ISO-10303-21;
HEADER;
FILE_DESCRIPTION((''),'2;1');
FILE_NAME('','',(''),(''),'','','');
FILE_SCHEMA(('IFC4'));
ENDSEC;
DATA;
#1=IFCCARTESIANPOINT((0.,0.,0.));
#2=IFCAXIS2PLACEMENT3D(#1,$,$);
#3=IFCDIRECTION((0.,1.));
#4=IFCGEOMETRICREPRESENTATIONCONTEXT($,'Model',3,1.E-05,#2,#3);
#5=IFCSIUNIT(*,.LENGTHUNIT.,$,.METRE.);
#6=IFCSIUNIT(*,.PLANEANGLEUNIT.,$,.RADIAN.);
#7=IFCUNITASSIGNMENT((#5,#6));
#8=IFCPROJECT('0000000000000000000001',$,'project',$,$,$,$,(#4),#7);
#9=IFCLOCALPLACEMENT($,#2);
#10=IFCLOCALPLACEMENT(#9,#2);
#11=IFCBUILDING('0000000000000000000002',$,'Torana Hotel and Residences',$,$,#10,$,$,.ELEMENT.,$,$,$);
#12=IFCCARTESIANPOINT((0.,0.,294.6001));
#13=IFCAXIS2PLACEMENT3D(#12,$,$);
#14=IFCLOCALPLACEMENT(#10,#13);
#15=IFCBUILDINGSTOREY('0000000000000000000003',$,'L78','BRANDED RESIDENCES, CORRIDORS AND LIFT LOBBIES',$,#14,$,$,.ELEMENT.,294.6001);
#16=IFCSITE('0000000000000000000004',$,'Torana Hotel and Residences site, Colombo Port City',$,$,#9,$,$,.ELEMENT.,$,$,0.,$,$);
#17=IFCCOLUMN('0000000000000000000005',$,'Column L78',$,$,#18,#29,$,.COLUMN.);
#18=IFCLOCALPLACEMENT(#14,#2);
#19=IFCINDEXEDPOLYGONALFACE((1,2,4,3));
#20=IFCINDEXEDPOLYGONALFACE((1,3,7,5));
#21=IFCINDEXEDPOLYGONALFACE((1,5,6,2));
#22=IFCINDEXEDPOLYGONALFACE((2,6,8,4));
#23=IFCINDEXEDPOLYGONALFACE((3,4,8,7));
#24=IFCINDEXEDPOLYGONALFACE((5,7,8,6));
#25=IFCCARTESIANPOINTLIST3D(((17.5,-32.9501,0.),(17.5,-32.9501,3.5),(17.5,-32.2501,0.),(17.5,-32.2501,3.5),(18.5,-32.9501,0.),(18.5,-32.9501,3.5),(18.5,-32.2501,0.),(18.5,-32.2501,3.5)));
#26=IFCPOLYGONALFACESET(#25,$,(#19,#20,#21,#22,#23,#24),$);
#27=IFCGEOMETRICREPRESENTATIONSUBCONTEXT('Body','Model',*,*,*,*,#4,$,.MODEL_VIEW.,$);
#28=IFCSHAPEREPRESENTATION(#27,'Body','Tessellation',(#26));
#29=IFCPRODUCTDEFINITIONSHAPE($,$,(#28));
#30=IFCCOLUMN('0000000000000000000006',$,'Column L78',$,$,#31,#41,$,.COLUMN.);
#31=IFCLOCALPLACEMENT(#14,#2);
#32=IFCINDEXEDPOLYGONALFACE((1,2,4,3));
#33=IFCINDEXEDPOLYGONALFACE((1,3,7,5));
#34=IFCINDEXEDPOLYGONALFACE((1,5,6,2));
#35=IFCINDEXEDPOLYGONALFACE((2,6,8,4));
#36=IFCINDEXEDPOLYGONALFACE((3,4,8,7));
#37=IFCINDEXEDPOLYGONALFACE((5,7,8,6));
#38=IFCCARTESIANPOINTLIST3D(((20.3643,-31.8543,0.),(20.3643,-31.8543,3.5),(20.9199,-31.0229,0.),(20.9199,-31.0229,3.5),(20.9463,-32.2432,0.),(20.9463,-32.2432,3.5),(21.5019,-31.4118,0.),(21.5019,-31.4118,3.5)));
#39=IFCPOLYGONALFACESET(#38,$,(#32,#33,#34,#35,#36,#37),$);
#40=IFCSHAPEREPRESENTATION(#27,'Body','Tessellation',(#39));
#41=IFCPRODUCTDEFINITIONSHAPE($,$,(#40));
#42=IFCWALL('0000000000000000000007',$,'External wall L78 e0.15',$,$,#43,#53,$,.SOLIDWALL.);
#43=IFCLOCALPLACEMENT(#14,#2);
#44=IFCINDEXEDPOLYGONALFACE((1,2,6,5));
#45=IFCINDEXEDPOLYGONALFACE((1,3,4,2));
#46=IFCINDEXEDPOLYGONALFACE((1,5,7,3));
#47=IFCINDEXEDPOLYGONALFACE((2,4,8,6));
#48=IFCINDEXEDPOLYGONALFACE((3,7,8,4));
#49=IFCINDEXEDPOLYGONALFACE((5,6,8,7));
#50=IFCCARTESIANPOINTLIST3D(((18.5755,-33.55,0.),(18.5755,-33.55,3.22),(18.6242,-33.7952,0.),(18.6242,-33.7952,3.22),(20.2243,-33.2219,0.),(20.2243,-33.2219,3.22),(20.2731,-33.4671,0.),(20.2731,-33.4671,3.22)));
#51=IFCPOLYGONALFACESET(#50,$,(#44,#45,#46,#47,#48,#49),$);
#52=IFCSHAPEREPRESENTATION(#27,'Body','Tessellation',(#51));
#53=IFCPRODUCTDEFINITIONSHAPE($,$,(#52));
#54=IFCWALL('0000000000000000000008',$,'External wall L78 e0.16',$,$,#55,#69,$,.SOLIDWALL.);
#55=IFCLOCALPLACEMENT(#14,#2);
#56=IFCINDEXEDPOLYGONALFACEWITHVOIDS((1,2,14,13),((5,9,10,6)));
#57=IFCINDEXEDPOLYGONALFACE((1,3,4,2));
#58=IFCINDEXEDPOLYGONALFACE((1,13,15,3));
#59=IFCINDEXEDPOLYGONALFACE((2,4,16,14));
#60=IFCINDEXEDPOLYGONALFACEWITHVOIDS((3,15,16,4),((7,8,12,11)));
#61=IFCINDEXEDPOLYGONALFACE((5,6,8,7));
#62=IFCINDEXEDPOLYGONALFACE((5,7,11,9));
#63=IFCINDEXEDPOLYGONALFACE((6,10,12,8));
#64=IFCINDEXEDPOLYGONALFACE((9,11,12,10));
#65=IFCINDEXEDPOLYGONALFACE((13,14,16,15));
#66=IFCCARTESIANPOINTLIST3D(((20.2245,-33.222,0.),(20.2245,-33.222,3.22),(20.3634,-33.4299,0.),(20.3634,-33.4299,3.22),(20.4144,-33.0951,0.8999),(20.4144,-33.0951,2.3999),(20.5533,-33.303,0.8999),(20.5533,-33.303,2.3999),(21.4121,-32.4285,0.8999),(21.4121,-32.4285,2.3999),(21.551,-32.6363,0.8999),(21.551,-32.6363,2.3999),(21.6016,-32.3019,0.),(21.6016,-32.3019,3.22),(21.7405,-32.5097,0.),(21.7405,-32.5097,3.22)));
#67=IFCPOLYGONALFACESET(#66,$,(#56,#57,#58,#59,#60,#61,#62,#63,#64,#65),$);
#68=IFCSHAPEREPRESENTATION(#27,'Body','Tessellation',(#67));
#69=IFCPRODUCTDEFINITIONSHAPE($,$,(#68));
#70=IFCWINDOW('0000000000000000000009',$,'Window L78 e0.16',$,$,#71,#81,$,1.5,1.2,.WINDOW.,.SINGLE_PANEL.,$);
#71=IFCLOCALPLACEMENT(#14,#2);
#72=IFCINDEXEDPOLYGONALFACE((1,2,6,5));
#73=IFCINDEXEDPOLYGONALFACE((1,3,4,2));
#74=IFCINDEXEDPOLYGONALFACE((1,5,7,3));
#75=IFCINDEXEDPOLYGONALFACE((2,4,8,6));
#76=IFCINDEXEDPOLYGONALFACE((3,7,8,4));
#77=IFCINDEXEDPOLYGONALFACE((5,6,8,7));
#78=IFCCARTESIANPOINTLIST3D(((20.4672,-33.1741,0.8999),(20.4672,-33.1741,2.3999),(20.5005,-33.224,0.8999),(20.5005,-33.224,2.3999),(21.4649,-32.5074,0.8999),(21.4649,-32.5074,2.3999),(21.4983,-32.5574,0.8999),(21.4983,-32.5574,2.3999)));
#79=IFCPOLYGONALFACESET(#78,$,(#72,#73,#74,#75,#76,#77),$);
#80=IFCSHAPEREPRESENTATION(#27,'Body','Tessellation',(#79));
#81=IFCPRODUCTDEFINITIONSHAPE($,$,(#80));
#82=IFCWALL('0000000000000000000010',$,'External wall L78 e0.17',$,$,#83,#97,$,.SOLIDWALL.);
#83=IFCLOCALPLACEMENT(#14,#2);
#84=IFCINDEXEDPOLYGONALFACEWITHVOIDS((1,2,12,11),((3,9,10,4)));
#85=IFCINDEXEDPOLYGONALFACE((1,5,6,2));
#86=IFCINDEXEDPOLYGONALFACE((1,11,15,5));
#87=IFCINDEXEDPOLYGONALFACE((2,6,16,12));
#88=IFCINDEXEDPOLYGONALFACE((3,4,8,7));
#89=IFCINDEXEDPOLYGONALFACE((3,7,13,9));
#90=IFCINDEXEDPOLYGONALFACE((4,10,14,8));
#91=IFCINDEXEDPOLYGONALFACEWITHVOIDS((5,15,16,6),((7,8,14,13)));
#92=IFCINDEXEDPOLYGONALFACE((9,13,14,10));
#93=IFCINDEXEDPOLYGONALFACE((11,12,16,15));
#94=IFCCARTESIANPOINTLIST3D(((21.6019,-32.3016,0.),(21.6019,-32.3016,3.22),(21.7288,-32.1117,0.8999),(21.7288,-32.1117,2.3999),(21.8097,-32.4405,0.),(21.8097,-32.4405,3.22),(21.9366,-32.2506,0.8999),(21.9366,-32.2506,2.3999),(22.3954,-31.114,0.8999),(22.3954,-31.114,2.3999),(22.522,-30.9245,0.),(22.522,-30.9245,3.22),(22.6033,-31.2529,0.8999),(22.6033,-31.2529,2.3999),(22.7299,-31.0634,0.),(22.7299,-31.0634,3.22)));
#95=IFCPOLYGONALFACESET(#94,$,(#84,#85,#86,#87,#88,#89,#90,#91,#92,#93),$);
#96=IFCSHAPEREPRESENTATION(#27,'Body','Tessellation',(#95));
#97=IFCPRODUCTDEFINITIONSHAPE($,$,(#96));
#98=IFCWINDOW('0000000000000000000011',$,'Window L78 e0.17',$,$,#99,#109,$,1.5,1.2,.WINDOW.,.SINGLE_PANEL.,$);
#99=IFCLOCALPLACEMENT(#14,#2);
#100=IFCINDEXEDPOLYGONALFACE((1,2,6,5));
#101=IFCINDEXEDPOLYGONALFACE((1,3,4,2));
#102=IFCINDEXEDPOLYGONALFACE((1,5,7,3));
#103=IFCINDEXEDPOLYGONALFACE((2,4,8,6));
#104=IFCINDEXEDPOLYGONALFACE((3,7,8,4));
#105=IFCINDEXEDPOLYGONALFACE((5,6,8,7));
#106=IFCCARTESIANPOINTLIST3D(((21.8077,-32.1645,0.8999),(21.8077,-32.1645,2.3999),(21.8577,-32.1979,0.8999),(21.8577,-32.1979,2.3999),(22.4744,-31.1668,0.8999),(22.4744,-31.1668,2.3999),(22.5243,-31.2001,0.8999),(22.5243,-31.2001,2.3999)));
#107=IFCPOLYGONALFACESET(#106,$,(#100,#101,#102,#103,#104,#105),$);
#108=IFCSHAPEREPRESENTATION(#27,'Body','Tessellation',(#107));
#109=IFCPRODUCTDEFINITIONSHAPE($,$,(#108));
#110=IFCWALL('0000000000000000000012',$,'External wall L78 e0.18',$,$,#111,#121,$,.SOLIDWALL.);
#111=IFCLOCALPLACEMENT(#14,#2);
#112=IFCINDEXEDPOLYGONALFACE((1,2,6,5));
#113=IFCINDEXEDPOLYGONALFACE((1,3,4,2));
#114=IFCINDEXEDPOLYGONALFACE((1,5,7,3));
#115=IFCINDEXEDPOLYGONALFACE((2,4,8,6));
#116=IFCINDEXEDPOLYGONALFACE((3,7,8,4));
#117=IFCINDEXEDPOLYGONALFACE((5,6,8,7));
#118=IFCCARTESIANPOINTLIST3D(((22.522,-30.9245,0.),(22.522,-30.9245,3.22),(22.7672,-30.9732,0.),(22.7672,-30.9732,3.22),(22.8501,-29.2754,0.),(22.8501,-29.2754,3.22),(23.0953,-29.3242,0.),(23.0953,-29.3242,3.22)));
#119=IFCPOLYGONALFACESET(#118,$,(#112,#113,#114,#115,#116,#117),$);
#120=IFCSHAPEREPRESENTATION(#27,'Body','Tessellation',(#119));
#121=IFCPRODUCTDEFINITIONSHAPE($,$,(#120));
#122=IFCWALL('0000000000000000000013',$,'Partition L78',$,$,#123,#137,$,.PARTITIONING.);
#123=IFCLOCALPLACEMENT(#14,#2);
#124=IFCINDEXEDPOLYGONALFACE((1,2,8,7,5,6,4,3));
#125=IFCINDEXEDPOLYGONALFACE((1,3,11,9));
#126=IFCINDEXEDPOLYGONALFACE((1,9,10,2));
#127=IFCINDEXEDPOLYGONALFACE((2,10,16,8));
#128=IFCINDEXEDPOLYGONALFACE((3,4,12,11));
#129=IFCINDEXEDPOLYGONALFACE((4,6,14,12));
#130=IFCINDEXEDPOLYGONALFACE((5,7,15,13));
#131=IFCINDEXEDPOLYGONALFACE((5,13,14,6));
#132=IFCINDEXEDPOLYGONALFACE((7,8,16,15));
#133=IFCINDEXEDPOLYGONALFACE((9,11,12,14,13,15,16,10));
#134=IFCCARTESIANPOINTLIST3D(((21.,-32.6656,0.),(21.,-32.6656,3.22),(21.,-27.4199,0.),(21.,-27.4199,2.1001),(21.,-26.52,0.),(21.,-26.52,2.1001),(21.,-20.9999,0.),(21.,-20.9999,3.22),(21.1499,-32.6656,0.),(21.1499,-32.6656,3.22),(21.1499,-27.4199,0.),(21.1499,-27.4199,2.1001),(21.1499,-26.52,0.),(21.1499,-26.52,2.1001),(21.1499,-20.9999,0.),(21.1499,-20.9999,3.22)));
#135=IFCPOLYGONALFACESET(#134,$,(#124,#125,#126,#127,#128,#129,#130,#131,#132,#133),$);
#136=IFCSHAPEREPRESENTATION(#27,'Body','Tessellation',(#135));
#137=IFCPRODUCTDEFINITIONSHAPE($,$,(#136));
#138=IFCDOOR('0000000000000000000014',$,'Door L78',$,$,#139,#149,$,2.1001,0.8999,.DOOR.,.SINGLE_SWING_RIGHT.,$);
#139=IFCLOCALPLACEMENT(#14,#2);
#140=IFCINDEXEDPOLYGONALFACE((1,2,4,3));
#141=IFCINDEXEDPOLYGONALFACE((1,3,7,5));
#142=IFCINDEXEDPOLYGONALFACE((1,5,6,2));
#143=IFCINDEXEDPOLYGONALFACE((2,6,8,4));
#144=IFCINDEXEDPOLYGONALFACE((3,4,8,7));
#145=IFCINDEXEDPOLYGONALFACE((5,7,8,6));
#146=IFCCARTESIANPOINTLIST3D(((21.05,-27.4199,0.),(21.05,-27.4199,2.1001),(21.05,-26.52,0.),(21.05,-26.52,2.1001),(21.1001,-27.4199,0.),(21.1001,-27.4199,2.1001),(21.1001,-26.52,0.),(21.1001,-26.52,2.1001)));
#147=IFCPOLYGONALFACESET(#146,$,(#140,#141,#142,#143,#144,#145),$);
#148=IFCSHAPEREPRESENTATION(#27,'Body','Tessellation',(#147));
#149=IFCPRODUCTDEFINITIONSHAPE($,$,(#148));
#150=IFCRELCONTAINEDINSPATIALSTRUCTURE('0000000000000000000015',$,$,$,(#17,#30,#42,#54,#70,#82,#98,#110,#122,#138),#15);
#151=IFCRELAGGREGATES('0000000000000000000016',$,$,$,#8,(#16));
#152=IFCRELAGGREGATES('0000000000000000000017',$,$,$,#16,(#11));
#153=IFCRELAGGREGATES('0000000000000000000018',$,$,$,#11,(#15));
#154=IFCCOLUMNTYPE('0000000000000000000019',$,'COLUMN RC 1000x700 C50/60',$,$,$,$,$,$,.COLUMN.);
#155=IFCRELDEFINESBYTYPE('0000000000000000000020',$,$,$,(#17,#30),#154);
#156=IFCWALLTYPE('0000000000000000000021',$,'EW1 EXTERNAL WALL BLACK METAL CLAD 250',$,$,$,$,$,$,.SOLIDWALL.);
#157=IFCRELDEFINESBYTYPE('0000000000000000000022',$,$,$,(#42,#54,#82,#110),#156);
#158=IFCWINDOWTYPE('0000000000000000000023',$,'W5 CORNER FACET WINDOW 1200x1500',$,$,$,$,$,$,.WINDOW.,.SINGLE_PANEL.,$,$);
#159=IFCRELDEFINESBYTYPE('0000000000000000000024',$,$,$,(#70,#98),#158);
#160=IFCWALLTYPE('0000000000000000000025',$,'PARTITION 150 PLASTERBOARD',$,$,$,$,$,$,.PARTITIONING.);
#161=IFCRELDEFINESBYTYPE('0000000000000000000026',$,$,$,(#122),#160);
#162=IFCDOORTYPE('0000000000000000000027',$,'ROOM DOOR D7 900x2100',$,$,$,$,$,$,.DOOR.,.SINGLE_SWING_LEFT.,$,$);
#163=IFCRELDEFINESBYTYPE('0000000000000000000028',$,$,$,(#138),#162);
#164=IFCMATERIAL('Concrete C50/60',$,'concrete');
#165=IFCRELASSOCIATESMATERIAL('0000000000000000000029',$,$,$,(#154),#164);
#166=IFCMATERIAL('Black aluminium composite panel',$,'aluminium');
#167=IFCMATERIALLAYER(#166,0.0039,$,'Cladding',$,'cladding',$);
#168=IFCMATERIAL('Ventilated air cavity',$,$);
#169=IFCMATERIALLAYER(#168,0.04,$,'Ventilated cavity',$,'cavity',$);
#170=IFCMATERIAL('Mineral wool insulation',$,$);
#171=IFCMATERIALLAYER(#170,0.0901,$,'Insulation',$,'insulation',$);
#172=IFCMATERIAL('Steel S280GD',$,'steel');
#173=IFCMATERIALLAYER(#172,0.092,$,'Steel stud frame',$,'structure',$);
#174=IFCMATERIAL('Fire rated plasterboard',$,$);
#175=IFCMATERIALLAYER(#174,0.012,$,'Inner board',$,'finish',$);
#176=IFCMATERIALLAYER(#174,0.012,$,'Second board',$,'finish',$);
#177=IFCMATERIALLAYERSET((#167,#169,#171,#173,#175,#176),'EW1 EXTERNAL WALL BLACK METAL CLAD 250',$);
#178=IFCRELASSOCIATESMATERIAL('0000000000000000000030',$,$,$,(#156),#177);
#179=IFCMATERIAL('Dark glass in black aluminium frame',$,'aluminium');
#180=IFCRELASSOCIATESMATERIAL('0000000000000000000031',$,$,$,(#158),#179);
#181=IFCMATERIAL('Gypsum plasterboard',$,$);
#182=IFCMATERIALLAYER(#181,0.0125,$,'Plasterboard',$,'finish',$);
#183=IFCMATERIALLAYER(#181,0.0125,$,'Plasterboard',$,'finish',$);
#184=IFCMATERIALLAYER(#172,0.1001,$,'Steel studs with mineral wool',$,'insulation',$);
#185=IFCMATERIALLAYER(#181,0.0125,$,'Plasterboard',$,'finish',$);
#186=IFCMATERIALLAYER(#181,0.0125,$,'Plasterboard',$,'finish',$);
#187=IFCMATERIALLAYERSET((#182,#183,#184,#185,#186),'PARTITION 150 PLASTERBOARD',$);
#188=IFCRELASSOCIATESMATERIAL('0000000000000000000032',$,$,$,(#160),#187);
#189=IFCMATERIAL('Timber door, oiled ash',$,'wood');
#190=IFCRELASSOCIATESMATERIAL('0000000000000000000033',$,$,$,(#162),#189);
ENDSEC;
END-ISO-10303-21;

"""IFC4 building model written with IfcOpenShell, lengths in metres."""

from ifc_helpers import new_model, si_unit, direction, frame, frame_2d, origin, origin_2d, place, context, subcontext, project, spatial, rectangle, extrude, material, layer, layer_set, material_profile, profile_set, type_object, element, fill, save


model = new_model("IFC4")

# Units and contexts
model_context = context("Model", 3, precision=1e-05, world=origin(), true_north=direction((0.0, 1.0)))
body_context = subcontext(model_context, "Body", "Model", "MODEL_VIEW")
ifc_project = project(units=[si_unit("LENGTHUNIT", "METRE"), si_unit("PLANEANGLEUNIT", "RADIAN")], contexts=[model_context])

# Site, building, storey
site_placement = place(None, origin())
site = spatial("IfcSite", under=ifc_project, at=site_placement, Name="Torana Hotel and Residences site, Colombo Port City", CompositionType="ELEMENT", RefElevation=0.0)
building_placement = place(site_placement, origin())
building = spatial("IfcBuilding", under=site, at=building_placement, Name="Torana Hotel and Residences", CompositionType="ELEMENT")
storey_placement = place(building_placement, frame((0.0, 0.0, 294.6001)))
storey = spatial("IfcBuildingStorey", under=building, at=storey_placement, Name="L78", Description="BRANDED RESIDENCES, CORRIDORS AND LIFT LOBBIES", CompositionType="ELEMENT", Elevation=294.6001)

# Columns
ifc_material_1 = material(Name="Concrete C50/60", Category="concrete")
ifc_material_profile = material_profile(ifc_material_1, rectangle(XDim=1.0, YDim=0.7, at=origin_2d()), Name="RC 1000x700")
ifc_profile_set = profile_set([ifc_material_profile], Name="Concrete C50/60")
column_type = type_object("IfcColumnType", Name="COLUMN RC 1000x700 C50/60", PredefinedType="COLUMN", material=ifc_profile_set)
for number, where, z_axis, x_axis, name in (
    (1, (18.0, -32.6001, 0.0), (0.0, 0.0, 1.0), (1.0, 0.0, 0.0), "Column L78"),
    (2, (20.9331, -31.6331, 0.0), (0.0, 0.0, 1.0), (0.555585, 0.83146, 0.0), "Column L78"),
):
    element("IfcColumn", number, at=place(storey_placement, frame(where, z_axis=z_axis, x_axis=x_axis)), inside=storey, type_object=column_type, Name=name, PredefinedType="COLUMN", context=body_context, shape_type="SweptSolid", body=[
        extrude(rectangle(XDim=1.0, YDim=0.7, at=origin_2d()), origin(), (0.0, 0.0, 1.0), 3.5),
    ])

# Wall
ifc_material_2 = material(Name="Black aluminium composite panel", Category="aluminium")
ifc_layer_1 = layer(ifc_material_2, 0.0039, Name="Cladding", Category="cladding")
ifc_material_3 = material(Name="Ventilated air cavity")
ifc_layer_2 = layer(ifc_material_3, 0.04, Name="Ventilated cavity", Category="cavity")
ifc_material_4 = material(Name="Mineral wool insulation")
ifc_layer_3 = layer(ifc_material_4, 0.0901, Name="Insulation", Category="insulation")
ifc_material_5 = material(Name="Steel S280GD", Category="steel")
ifc_layer_4 = layer(ifc_material_5, 0.092, Name="Steel stud frame", Category="structure")
ifc_material_6 = material(Name="Fire rated plasterboard")
ifc_layer_5 = layer(ifc_material_6, 0.012, Name="Inner board", Category="finish")
ifc_layer_6 = layer(ifc_material_6, 0.012, Name="Second board", Category="finish")
ifc_layer_set_1 = layer_set([ifc_layer_1, ifc_layer_2, ifc_layer_3, ifc_layer_4, ifc_layer_5, ifc_layer_6], Name="EW1 EXTERNAL WALL BLACK METAL CLAD 250")
wall_type_1 = type_object("IfcWallType", Name="EW1 EXTERNAL WALL BLACK METAL CLAD 250", PredefinedType="SOLIDWALL", material=ifc_layer_set_1)
wall_1_placement = place(storey_placement, frame((18.5999, -33.6726, 0.0), z_axis=(0.0, 0.0, 1.0), x_axis=(0.98077, 0.195167, 0.0)))
element("IfcWall", 3, at=wall_1_placement, inside=storey, type_object=wall_type_1, Name="External wall L78 e0.15", PredefinedType="SOLIDWALL", context=body_context, shape_type="SweptSolid", body=[
    extrude(rectangle(XDim=1.6812, YDim=0.25, at=frame_2d((0.8406, 0.0))), origin(), (0.0, 0.0, 1.0), 3.22),
])

# Walls, openings, windows
wall_2_placement = place(storey_placement, frame((20.2939, -33.3259, 0.0), z_axis=(0.0, 0.0, 1.0), x_axis=(0.831483, 0.55555, 0.0)))
wall_2 = element("IfcWall", 4, at=wall_2_placement, inside=storey, type_object=wall_type_1, Name="External wall L78 e0.16", PredefinedType="SOLIDWALL", context=body_context, shape_type="SweptSolid", body=[
    extrude(rectangle(XDim=1.6562, YDim=0.25, at=frame_2d((0.8281, 0.0))), origin(), (0.0, 0.0, 1.0), 3.22),
])
opening_1_placement = place(wall_2_placement, frame((0.2283, 0.0, 0.8999)))
opening_1 = element("IfcOpeningElement", 5, at=opening_1_placement, cuts=wall_2, PredefinedType="OPENING", context=body_context, shape_type="SweptSolid", body=[
    extrude(rectangle(XDim=1.2, YDim=1.5, at=frame_2d((0.6001, 0.75))), frame((0.0, 0.135, 0.0), z_axis=(0.0, -1.0, 0.0), x_axis=(1.0, 0.0, 0.0)), (0.0, 0.0, 1.0), 0.27),
])
ifc_material_7 = material(Name="Dark glass in black aluminium frame", Category="aluminium")
window_type_1 = type_object("IfcWindowType", Name="W5 CORNER FACET WINDOW 1200x1500", PartitioningType="SINGLE_PANEL", PredefinedType="WINDOW", material=ifc_material_7)
window_1_placement = place(opening_1_placement, origin())
window_1 = element("IfcWindow", 6, at=window_1_placement, inside=storey, type_object=window_type_1, Name="Window L78 e0.16", OverallHeight=1.5, OverallWidth=1.2, PartitioningType="SINGLE_PANEL", PredefinedType="WINDOW", context=body_context, shape_type="SweptSolid", body=[
    extrude(rectangle(XDim=1.2, YDim=1.5, at=frame_2d((0.6001, 0.75))), frame((0.0, 0.03, 0.0), z_axis=(0.0, -1.0, 0.0), x_axis=(1.0, 0.0, 0.0)), (0.0, 0.0, 1.0), 0.0601),
])
fill(opening_1, window_1)
wall_3_placement = place(storey_placement, frame((21.7058, -32.3711, 0.0), z_axis=(0.0, 0.0, 1.0), x_axis=(0.55555, 0.831483, 0.0)))
wall_3 = element("IfcWall", 7, at=wall_3_placement, inside=storey, type_object=wall_type_1, Name="External wall L78 e0.17", PredefinedType="SOLIDWALL", context=body_context, shape_type="SweptSolid", body=[
    extrude(rectangle(XDim=1.6562, YDim=0.25, at=frame_2d((0.8281, 0.0))), origin(), (0.0, 0.0, 1.0), 3.22),
])
opening_2_placement = place(wall_3_placement, frame((0.2283, 0.0, 0.8999)))
opening_2 = element("IfcOpeningElement", 8, at=opening_2_placement, cuts=wall_3, PredefinedType="OPENING", context=body_context, shape_type="SweptSolid", body=[
    extrude(rectangle(XDim=1.2, YDim=1.5, at=frame_2d((0.6001, 0.75))), frame((0.0, 0.135, 0.0), z_axis=(0.0, -1.0, 0.0), x_axis=(1.0, 0.0, 0.0)), (0.0, 0.0, 1.0), 0.27),
])
window_2_placement = place(opening_2_placement, origin())
window_2 = element("IfcWindow", 9, at=window_2_placement, inside=storey, type_object=window_type_1, Name="Window L78 e0.17", OverallHeight=1.5, OverallWidth=1.2, PartitioningType="SINGLE_PANEL", PredefinedType="WINDOW", context=body_context, shape_type="SweptSolid", body=[
    extrude(rectangle(XDim=1.2, YDim=1.5, at=frame_2d((0.6001, 0.75))), frame((0.0, 0.03, 0.0), z_axis=(0.0, -1.0, 0.0), x_axis=(1.0, 0.0, 0.0)), (0.0, 0.0, 1.0), 0.0601),
])
fill(opening_2, window_2)

# Wall
wall_4_placement = place(storey_placement, frame((22.6445, -30.949, 0.0), z_axis=(0.0, 0.0, 1.0), x_axis=(0.195139, 0.980776, 0.0)))
element("IfcWall", 10, at=wall_4_placement, inside=storey, type_object=wall_type_1, Name="External wall L78 e0.18", PredefinedType="SOLIDWALL", context=body_context, shape_type="SweptSolid", body=[
    extrude(rectangle(XDim=1.6814, YDim=0.25, at=frame_2d((0.8408, 0.0))), origin(), (0.0, 0.0, 1.0), 3.22),
])

# Wall, opening, door
ifc_material_8 = material(Name="Gypsum plasterboard")
ifc_layer_7 = layer(ifc_material_8, 0.0125, Name="Plasterboard", Category="finish")
ifc_layer_8 = layer(ifc_material_8, 0.0125, Name="Plasterboard", Category="finish")
ifc_layer_9 = layer(ifc_material_5, 0.1001, Name="Steel studs with mineral wool", Category="insulation")
ifc_layer_10 = layer(ifc_material_8, 0.0125, Name="Plasterboard", Category="finish")
ifc_layer_11 = layer(ifc_material_8, 0.0125, Name="Plasterboard", Category="finish")
ifc_layer_set_2 = layer_set([ifc_layer_7, ifc_layer_8, ifc_layer_9, ifc_layer_10, ifc_layer_11], Name="PARTITION 150 PLASTERBOARD")
wall_type_2 = type_object("IfcWallType", Name="PARTITION 150 PLASTERBOARD", PredefinedType="PARTITIONING", material=ifc_layer_set_2)
wall_5_placement = place(storey_placement, frame((21.075, -32.6658, 0.0), z_axis=(0.0, 0.0, 1.0), x_axis=(0.0, 1.0, 0.0)))
wall_5 = element("IfcWall", 11, at=wall_5_placement, inside=storey, type_object=wall_type_2, Name="Partition L78", PredefinedType="PARTITIONING", context=body_context, shape_type="SweptSolid", body=[
    extrude(rectangle(XDim=11.6658, YDim=0.1499, at=frame_2d((5.833, 0.0))), origin(), (0.0, 0.0, 1.0), 3.22),
])
opening_3_placement = place(wall_5_placement, frame((5.2458, 0.0, 0.0)))
opening_3 = element("IfcOpeningElement", 12, at=opening_3_placement, cuts=wall_5, PredefinedType="OPENING", context=body_context, shape_type="SweptSolid", body=[
    extrude(rectangle(XDim=0.8999, YDim=2.1001, at=frame_2d((0.45, 1.05))), frame((0.0, 0.085, 0.0), z_axis=(0.0, -1.0, 0.0), x_axis=(1.0, 0.0, 0.0)), (0.0, 0.0, 1.0), 0.1699),
])
ifc_material_9 = material(Name="Timber door, oiled ash", Category="wood")
door_type_1 = type_object("IfcDoorType", Name="ROOM DOOR D7 900x2100", OperationType="SINGLE_SWING_LEFT", PredefinedType="DOOR", material=ifc_material_9)
door_1_placement = place(opening_3_placement, origin())
door_1 = element("IfcDoor", 13, at=door_1_placement, inside=storey, type_object=door_type_1, Name="Door L78", OperationType="SINGLE_SWING_RIGHT", OverallHeight=2.1001, OverallWidth=0.8999, PredefinedType="DOOR", context=body_context, shape_type="SweptSolid", body=[
    extrude(rectangle(XDim=0.8999, YDim=2.1001, at=frame_2d((0.45, 1.05))), frame((0.0, 0.0249, 0.0), z_axis=(0.0, -1.0, 0.0), x_axis=(1.0, 0.0, 0.0)), (0.0, 0.0, 1.0), 0.05),
])
fill(opening_3, door_1)

save(model, "model.ifc")
